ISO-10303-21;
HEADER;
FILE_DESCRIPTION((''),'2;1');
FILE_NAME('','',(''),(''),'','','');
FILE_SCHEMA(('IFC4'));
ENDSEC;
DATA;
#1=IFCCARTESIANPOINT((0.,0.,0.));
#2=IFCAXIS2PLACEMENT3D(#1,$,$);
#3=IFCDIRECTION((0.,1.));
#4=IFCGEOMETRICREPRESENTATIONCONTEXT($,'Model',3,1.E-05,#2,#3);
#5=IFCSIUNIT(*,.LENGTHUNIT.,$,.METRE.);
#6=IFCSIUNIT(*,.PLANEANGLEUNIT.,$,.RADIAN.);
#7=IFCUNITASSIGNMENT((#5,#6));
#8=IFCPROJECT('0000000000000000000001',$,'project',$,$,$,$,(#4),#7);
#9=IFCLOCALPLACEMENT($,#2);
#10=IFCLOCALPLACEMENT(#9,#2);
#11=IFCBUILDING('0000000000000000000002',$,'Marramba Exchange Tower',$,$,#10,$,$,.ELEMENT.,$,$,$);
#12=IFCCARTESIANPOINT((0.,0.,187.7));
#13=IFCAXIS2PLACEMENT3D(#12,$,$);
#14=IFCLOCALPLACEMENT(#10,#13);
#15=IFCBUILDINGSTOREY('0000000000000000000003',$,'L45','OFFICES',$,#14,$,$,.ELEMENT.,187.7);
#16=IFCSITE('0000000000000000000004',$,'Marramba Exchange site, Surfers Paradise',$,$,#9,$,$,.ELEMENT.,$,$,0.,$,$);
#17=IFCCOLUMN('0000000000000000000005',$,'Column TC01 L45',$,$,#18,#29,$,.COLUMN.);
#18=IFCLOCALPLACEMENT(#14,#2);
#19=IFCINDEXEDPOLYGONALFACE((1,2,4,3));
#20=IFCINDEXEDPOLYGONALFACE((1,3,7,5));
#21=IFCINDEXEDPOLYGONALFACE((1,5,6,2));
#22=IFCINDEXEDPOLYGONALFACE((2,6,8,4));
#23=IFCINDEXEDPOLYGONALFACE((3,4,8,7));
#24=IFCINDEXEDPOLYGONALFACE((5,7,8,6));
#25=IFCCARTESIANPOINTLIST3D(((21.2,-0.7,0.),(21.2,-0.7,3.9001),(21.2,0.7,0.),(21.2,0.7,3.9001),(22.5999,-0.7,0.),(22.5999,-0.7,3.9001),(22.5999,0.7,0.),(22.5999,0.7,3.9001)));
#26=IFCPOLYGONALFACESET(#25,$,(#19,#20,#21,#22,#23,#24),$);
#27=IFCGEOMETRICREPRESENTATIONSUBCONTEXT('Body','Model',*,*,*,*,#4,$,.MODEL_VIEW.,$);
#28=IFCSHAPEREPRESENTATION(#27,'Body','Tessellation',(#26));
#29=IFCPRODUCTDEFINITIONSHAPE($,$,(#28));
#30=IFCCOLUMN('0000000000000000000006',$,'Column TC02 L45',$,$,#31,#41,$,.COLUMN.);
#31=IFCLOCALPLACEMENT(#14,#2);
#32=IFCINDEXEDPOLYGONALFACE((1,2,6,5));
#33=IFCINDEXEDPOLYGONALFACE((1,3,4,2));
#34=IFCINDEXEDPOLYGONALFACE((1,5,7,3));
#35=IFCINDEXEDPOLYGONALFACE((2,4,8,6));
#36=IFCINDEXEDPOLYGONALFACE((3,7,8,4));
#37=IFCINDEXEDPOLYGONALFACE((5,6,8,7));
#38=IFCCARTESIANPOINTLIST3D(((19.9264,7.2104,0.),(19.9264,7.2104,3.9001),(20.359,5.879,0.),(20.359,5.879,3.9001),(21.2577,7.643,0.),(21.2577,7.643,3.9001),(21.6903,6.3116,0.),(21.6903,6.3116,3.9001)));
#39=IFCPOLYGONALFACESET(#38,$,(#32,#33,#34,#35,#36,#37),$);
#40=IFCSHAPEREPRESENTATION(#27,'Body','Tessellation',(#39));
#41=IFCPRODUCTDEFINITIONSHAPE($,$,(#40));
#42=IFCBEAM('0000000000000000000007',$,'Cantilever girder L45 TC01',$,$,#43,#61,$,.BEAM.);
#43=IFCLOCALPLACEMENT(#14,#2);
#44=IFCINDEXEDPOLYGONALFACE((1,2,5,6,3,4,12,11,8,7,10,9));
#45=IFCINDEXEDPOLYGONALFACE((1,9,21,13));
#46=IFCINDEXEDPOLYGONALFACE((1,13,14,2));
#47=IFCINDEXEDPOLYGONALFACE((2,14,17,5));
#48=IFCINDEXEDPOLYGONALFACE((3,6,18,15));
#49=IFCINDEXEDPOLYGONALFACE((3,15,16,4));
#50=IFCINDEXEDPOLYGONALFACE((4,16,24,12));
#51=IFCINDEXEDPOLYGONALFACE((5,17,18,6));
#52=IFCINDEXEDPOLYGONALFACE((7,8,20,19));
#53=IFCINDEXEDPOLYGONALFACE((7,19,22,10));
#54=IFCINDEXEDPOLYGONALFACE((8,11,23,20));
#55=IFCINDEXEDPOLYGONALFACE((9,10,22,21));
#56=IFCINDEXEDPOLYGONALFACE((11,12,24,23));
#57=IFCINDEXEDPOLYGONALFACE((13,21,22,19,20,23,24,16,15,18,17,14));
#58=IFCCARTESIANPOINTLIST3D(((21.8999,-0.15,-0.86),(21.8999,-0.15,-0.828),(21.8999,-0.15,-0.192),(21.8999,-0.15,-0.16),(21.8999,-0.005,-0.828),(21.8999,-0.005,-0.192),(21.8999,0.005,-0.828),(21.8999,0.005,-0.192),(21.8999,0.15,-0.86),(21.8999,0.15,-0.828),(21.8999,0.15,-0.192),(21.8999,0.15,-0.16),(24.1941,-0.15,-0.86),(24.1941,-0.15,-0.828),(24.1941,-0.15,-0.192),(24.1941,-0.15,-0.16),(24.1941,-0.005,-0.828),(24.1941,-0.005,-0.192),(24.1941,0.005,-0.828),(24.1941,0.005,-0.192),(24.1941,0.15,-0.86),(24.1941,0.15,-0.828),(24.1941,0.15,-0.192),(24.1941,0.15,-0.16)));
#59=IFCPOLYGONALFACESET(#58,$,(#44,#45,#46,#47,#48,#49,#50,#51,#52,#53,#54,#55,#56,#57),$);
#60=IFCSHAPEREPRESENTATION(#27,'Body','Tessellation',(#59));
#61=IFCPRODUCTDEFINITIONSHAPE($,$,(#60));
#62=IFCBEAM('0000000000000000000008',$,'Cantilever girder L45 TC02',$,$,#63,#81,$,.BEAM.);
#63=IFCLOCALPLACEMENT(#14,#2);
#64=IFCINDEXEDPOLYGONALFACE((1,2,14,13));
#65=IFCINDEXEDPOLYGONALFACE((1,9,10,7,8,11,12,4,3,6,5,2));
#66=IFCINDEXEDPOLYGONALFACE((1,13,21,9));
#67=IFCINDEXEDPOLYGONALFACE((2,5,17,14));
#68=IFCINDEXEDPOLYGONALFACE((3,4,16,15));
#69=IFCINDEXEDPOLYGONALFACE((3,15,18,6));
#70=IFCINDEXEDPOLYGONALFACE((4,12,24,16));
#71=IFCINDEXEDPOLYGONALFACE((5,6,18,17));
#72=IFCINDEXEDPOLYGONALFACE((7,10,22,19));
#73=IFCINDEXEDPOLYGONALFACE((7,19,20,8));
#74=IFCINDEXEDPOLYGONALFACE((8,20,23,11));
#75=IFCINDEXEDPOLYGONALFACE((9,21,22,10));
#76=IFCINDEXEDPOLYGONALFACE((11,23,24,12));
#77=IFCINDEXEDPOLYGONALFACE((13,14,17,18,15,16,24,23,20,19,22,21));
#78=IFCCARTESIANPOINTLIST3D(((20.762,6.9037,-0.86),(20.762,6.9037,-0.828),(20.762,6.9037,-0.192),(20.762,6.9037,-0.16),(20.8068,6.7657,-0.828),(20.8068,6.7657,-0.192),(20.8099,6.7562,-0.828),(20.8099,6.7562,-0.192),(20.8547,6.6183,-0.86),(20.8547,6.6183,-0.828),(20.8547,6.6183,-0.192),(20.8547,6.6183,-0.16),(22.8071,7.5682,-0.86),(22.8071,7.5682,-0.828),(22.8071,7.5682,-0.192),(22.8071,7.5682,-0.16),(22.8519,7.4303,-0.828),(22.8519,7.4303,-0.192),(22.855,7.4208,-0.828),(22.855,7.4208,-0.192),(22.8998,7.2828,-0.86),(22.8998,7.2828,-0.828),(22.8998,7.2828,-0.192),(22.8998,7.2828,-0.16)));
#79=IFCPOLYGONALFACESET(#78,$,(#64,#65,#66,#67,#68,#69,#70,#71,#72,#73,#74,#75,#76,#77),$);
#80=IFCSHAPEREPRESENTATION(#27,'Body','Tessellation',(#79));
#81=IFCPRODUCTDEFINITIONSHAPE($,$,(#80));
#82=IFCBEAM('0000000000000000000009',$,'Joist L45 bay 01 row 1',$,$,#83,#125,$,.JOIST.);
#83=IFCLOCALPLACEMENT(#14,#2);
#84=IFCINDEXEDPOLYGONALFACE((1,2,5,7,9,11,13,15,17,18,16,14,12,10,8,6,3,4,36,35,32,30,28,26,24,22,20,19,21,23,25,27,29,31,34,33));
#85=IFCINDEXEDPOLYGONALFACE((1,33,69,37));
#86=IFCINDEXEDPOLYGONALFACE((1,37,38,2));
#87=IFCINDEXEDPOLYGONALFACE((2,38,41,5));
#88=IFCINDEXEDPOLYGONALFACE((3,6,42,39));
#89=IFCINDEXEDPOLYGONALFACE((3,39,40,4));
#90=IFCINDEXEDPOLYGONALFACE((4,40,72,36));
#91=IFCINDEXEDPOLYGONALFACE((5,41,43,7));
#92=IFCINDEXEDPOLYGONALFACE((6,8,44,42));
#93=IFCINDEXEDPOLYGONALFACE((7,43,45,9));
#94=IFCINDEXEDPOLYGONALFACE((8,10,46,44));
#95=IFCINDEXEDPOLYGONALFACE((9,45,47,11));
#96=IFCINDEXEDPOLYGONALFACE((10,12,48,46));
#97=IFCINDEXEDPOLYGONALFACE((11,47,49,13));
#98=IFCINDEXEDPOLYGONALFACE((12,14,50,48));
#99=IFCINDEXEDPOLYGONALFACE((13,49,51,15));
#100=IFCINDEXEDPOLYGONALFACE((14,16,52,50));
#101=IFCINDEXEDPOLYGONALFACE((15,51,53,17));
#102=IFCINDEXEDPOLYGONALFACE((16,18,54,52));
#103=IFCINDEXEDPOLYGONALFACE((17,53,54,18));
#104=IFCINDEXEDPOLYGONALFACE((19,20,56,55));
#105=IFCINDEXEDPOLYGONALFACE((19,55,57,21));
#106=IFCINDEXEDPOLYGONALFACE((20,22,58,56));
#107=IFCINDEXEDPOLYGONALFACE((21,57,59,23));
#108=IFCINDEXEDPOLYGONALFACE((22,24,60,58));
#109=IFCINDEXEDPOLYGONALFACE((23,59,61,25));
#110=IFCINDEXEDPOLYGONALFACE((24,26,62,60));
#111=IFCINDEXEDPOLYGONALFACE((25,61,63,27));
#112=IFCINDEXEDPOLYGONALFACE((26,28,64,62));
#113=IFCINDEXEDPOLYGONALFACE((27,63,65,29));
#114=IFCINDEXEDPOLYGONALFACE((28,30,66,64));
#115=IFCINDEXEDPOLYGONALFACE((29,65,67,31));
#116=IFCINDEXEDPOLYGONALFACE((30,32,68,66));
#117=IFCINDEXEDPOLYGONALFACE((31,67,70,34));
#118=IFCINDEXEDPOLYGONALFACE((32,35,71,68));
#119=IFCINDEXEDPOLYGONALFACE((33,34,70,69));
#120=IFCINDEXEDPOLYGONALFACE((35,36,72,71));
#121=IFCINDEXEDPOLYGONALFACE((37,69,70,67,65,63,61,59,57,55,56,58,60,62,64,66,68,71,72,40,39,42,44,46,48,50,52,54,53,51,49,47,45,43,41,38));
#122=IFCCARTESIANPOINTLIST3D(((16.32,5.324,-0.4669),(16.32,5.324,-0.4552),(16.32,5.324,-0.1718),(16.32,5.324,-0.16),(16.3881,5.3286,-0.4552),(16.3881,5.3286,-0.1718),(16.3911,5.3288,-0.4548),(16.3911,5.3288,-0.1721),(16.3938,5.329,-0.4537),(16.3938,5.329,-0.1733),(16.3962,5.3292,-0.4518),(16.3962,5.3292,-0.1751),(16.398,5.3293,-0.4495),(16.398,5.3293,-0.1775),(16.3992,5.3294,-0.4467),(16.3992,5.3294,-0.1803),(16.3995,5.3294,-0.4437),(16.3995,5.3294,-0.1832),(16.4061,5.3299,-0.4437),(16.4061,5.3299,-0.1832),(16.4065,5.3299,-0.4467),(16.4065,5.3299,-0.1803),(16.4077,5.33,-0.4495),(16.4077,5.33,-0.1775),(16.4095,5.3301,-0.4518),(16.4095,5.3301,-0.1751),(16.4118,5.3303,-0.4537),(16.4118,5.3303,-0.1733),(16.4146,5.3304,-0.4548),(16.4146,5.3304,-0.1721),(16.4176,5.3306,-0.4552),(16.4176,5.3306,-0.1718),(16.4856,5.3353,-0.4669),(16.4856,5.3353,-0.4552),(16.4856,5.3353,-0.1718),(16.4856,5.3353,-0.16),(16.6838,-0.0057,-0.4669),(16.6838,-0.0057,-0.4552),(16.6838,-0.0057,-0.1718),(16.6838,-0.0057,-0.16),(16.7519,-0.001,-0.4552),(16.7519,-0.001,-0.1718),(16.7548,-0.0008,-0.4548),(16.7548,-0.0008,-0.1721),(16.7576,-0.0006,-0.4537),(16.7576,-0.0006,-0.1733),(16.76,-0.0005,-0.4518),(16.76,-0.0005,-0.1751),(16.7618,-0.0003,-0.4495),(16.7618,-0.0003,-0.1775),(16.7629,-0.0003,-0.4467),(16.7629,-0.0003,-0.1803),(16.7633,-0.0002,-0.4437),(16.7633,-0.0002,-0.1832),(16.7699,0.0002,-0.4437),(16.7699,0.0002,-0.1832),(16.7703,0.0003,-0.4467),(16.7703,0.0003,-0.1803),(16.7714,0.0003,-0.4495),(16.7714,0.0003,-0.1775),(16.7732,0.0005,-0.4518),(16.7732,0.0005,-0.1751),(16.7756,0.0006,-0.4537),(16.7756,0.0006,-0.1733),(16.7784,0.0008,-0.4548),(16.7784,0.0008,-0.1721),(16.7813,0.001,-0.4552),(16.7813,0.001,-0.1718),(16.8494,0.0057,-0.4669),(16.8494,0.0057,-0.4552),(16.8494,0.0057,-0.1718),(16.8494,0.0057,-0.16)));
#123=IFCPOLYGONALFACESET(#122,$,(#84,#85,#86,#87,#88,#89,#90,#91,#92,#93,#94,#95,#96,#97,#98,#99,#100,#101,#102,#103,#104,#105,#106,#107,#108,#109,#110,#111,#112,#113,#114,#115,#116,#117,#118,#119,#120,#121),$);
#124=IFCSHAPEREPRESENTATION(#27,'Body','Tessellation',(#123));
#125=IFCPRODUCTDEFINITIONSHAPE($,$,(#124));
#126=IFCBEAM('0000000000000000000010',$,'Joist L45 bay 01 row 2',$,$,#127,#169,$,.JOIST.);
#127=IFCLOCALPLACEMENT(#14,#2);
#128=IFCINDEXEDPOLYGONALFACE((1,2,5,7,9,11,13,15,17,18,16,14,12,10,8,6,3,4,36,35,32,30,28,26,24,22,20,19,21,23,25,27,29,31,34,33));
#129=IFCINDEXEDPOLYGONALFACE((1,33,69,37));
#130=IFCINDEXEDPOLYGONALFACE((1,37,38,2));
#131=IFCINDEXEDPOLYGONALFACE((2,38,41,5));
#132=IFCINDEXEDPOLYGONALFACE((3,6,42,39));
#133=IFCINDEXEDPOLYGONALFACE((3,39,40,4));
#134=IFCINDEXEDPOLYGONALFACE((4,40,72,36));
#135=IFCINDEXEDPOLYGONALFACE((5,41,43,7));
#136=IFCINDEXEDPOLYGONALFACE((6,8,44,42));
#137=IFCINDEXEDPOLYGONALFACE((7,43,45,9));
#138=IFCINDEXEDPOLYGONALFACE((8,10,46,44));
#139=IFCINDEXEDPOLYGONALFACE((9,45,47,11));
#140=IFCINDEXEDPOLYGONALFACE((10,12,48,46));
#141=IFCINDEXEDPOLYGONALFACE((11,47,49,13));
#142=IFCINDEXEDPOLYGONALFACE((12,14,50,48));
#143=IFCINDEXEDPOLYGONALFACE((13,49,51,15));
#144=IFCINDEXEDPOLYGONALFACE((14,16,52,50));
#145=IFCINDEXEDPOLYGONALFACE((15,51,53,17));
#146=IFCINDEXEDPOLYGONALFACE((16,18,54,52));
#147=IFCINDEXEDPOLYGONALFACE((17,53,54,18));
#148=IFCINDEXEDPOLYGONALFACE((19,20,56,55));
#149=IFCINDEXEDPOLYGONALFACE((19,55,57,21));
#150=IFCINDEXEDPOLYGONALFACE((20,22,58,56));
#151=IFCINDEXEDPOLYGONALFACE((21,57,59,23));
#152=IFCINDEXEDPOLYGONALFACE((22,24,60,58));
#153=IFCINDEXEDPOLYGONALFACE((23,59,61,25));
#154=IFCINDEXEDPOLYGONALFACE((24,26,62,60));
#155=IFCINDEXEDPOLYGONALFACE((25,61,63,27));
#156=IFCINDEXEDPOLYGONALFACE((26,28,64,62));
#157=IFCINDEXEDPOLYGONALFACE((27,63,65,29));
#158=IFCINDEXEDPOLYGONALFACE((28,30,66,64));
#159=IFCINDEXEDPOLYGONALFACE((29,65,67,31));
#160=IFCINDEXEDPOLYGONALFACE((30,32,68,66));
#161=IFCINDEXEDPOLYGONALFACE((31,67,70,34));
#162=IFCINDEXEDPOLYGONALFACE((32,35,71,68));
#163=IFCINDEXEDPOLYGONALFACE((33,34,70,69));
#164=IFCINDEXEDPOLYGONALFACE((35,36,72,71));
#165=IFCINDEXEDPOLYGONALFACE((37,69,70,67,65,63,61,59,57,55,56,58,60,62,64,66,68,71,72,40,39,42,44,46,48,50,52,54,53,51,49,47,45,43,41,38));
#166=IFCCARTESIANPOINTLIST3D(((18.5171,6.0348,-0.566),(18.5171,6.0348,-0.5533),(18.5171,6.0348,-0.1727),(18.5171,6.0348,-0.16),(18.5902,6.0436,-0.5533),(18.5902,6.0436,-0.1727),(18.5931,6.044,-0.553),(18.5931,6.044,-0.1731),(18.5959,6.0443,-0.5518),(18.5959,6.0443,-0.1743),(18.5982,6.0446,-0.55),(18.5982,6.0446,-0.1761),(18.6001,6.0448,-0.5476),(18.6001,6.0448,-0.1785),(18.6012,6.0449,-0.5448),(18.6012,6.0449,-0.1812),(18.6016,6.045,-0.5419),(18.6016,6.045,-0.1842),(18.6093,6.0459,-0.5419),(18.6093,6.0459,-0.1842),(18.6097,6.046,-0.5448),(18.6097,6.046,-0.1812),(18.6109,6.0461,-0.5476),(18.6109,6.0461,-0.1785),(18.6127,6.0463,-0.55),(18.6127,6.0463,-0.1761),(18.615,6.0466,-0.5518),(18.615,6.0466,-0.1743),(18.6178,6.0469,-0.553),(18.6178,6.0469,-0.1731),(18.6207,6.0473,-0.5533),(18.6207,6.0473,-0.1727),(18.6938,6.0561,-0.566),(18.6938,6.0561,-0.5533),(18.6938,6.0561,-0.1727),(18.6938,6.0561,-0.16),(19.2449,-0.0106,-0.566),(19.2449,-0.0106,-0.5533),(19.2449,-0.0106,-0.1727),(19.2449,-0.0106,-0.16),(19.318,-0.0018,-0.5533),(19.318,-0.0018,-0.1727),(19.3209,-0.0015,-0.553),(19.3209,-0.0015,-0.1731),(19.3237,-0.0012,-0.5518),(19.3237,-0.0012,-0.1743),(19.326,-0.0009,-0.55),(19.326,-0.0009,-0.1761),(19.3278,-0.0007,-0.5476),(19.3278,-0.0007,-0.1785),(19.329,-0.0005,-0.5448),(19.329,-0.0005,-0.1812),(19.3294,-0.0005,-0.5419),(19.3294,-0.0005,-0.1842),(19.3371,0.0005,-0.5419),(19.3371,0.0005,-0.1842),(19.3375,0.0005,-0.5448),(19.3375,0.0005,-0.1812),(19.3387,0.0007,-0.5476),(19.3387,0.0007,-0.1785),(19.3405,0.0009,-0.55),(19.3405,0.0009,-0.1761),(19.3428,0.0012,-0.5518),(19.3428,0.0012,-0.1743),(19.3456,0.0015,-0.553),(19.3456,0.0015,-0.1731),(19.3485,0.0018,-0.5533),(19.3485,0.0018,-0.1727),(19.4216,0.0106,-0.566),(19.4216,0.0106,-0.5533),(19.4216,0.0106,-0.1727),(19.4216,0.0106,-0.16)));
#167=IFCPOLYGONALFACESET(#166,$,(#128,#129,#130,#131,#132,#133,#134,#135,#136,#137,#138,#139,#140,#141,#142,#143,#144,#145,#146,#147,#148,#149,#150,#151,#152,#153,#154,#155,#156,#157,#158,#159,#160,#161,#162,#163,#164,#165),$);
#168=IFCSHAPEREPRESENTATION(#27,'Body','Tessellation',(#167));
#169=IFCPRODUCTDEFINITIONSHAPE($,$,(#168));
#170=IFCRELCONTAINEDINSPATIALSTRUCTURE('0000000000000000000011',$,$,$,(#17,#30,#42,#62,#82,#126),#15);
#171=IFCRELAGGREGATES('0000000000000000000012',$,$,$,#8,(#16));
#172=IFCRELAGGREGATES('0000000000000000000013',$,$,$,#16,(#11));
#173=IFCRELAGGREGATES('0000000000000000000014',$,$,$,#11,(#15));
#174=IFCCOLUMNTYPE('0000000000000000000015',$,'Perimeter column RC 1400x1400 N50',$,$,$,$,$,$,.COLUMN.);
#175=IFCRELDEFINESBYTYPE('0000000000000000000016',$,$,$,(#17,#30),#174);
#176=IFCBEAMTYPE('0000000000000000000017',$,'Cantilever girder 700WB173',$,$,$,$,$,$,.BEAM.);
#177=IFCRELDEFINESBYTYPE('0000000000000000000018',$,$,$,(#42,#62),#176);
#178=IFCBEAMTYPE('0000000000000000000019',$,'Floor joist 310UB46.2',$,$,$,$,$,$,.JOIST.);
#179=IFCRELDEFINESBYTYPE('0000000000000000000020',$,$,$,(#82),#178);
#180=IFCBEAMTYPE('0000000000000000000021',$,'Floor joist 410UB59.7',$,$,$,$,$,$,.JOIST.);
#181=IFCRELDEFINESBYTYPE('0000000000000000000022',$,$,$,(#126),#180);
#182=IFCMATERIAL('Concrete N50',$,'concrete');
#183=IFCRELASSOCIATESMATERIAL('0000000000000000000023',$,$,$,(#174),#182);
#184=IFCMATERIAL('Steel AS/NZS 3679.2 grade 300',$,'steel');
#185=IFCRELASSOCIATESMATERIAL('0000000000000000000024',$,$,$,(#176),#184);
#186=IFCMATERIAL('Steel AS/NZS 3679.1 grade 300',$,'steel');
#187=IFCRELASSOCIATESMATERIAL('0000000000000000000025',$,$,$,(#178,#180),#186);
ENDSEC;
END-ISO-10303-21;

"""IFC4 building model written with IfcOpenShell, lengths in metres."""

from ifc_helpers import new_model, si_unit, direction, frame, origin, origin_2d, place, context, subcontext, project, spatial, rectangle, i_section, extrude, material, material_profile, profile_set, type_object, element, save


model = new_model("IFC4")

# Units and contexts
model_context = context("Model", 3, precision=1e-05, world=origin(), true_north=direction((0.0, 1.0)))
body_context = subcontext(model_context, "Body", "Model", "MODEL_VIEW")
ifc_project = project(units=[si_unit("LENGTHUNIT", "METRE"), si_unit("PLANEANGLEUNIT", "RADIAN")], contexts=[model_context])

# Site, building, storey
site_placement = place(None, origin())
site = spatial("IfcSite", under=ifc_project, at=site_placement, Name="Marramba Exchange site, Surfers Paradise", CompositionType="ELEMENT", RefElevation=0.0)
building_placement = place(site_placement, origin())
building = spatial("IfcBuilding", under=site, at=building_placement, Name="Marramba Exchange Tower", CompositionType="ELEMENT")
storey_placement = place(building_placement, frame((0.0, 0.0, 187.7)))
storey = spatial("IfcBuildingStorey", under=building, at=storey_placement, Name="L45", Description="OFFICES", CompositionType="ELEMENT", Elevation=187.7)

# Columns
ifc_material_1 = material(Name="Concrete N50", Category="concrete")
ifc_material_profile_1 = material_profile(ifc_material_1, rectangle(XDim=1.3999, YDim=1.3999, at=origin_2d()), Name="RC 1400x1400")
ifc_profile_set_1 = profile_set([ifc_material_profile_1], Name="Concrete N50")
column_type = type_object("IfcColumnType", Name="Perimeter column RC 1400x1400 N50", PredefinedType="COLUMN", material=ifc_profile_set_1)
for number, where, z_axis, x_axis, name in (
    (1, (21.8999, 0.0, 0.0), (0.0, 0.0, 1.0), (1.0, 0.0, 0.0), "Column TC01 L45"),
    (2, (20.8083, 6.761, 0.0), (0.0, 0.0, 1.0), (0.951057, 0.309017, 0.0), "Column TC02 L45"),
):
    element("IfcColumn", number, at=place(storey_placement, frame(where, z_axis=z_axis, x_axis=x_axis)), inside=storey, type_object=column_type, Name=name, PredefinedType="COLUMN", context=body_context, shape_type="SweptSolid", body=[
        extrude(rectangle(XDim=1.3999, YDim=1.3999, at=origin_2d()), origin(), (0.0, 0.0, 1.0), 3.9001),
    ])

# Beams
ifc_material_2 = material(Name="Steel AS/NZS 3679.2 grade 300", Category="steel")
ifc_material_profile_2 = material_profile(ifc_material_2, i_section(OverallWidth=0.3, OverallDepth=0.7, WebThickness=0.01, FlangeThickness=0.032, at=origin_2d()), Name="700WB173")
ifc_profile_set_2 = profile_set([ifc_material_profile_2], Name="Steel AS/NZS 3679.2 grade 300")
beam_type_1 = type_object("IfcBeamType", Name="Cantilever girder 700WB173", PredefinedType="BEAM", material=ifc_profile_set_2)
beam_1_placement = place(storey_placement, frame((21.8999, 0.0, -0.51), z_axis=(1.0, 0.0, 0.0), x_axis=(0.0, 1.0, 0.0)))
element("IfcBeam", 3, at=beam_1_placement, inside=storey, type_object=beam_type_1, Name="Cantilever girder L45 TC01", PredefinedType="BEAM", context=body_context, shape_type="SweptSolid", body=[
    extrude(i_section(OverallWidth=0.3, OverallDepth=0.7, WebThickness=0.01, FlangeThickness=0.032, at=origin_2d()), origin(), (0.0, 0.0, 1.0), 2.2942),
])
beam_2_placement = place(storey_placement, frame((20.8083, 6.761, -0.51), z_axis=(0.951052, 0.309032, 0.0), x_axis=(-0.309032, 0.951052, 0.0)))
element("IfcBeam", 4, at=beam_2_placement, inside=storey, type_object=beam_type_1, Name="Cantilever girder L45 TC02", PredefinedType="BEAM", context=body_context, shape_type="SweptSolid", body=[
    extrude(i_section(OverallWidth=0.3, OverallDepth=0.7, WebThickness=0.01, FlangeThickness=0.032, at=origin_2d()), origin(), (0.0, 0.0, 1.0), 2.1504),
])
ifc_material_3 = material(Name="Steel AS/NZS 3679.1 grade 300", Category="steel")
ifc_material_profile_3 = material_profile(ifc_material_3, i_section(OverallWidth=0.166, OverallDepth=0.3069, WebThickness=0.0066, FlangeThickness=0.0117, FilletRadius=0.0115, at=origin_2d()), Name="310UB46.2")
ifc_profile_set_3 = profile_set([ifc_material_profile_3], Name="Steel AS/NZS 3679.1 grade 300")
beam_type_2 = type_object("IfcBeamType", Name="Floor joist 310UB46.2", PredefinedType="JOIST", material=ifc_profile_set_3)
beam_3_placement = place(storey_placement, frame((16.7666, 0.0, -0.3135), z_axis=(-0.068096, 0.997679, 0.0), x_axis=(-0.997679, -0.068096, 0.0)))
element("IfcBeam", 5, at=beam_3_placement, inside=storey, type_object=beam_type_2, Name="Joist L45 bay 01 row 1", PredefinedType="JOIST", context=body_context, shape_type="SweptSolid", body=[
    extrude(i_section(OverallWidth=0.166, OverallDepth=0.3069, WebThickness=0.0066, FlangeThickness=0.0117, FilletRadius=0.0115, at=origin_2d()), origin(), (0.0, 0.0, 1.0), 5.342),
])
ifc_material_profile_4 = material_profile(ifc_material_3, i_section(OverallWidth=0.178, OverallDepth=0.406, WebThickness=0.0078, FlangeThickness=0.0127, FilletRadius=0.0115, at=origin_2d()), Name="410UB59.7")
ifc_profile_set_4 = profile_set([ifc_material_profile_4], Name="Steel AS/NZS 3679.1 grade 300")
beam_type_3 = type_object("IfcBeamType", Name="Floor joist 410UB59.7", PredefinedType="JOIST", material=ifc_profile_set_4)
beam_4_placement = place(storey_placement, frame((19.3333, 0.0, -0.363), z_axis=(-0.119523, 0.992831, 0.0), x_axis=(-0.992831, -0.119523, 0.0)))
element("IfcBeam", 6, at=beam_4_placement, inside=storey, type_object=beam_type_3, Name="Joist L45 bay 01 row 2", PredefinedType="JOIST", context=body_context, shape_type="SweptSolid", body=[
    extrude(i_section(OverallWidth=0.178, OverallDepth=0.406, WebThickness=0.0078, FlangeThickness=0.0127, FilletRadius=0.0115, at=origin_2d()), origin(), (0.0, 0.0, 1.0), 6.0891),
])

save(model, "model.ifc")
